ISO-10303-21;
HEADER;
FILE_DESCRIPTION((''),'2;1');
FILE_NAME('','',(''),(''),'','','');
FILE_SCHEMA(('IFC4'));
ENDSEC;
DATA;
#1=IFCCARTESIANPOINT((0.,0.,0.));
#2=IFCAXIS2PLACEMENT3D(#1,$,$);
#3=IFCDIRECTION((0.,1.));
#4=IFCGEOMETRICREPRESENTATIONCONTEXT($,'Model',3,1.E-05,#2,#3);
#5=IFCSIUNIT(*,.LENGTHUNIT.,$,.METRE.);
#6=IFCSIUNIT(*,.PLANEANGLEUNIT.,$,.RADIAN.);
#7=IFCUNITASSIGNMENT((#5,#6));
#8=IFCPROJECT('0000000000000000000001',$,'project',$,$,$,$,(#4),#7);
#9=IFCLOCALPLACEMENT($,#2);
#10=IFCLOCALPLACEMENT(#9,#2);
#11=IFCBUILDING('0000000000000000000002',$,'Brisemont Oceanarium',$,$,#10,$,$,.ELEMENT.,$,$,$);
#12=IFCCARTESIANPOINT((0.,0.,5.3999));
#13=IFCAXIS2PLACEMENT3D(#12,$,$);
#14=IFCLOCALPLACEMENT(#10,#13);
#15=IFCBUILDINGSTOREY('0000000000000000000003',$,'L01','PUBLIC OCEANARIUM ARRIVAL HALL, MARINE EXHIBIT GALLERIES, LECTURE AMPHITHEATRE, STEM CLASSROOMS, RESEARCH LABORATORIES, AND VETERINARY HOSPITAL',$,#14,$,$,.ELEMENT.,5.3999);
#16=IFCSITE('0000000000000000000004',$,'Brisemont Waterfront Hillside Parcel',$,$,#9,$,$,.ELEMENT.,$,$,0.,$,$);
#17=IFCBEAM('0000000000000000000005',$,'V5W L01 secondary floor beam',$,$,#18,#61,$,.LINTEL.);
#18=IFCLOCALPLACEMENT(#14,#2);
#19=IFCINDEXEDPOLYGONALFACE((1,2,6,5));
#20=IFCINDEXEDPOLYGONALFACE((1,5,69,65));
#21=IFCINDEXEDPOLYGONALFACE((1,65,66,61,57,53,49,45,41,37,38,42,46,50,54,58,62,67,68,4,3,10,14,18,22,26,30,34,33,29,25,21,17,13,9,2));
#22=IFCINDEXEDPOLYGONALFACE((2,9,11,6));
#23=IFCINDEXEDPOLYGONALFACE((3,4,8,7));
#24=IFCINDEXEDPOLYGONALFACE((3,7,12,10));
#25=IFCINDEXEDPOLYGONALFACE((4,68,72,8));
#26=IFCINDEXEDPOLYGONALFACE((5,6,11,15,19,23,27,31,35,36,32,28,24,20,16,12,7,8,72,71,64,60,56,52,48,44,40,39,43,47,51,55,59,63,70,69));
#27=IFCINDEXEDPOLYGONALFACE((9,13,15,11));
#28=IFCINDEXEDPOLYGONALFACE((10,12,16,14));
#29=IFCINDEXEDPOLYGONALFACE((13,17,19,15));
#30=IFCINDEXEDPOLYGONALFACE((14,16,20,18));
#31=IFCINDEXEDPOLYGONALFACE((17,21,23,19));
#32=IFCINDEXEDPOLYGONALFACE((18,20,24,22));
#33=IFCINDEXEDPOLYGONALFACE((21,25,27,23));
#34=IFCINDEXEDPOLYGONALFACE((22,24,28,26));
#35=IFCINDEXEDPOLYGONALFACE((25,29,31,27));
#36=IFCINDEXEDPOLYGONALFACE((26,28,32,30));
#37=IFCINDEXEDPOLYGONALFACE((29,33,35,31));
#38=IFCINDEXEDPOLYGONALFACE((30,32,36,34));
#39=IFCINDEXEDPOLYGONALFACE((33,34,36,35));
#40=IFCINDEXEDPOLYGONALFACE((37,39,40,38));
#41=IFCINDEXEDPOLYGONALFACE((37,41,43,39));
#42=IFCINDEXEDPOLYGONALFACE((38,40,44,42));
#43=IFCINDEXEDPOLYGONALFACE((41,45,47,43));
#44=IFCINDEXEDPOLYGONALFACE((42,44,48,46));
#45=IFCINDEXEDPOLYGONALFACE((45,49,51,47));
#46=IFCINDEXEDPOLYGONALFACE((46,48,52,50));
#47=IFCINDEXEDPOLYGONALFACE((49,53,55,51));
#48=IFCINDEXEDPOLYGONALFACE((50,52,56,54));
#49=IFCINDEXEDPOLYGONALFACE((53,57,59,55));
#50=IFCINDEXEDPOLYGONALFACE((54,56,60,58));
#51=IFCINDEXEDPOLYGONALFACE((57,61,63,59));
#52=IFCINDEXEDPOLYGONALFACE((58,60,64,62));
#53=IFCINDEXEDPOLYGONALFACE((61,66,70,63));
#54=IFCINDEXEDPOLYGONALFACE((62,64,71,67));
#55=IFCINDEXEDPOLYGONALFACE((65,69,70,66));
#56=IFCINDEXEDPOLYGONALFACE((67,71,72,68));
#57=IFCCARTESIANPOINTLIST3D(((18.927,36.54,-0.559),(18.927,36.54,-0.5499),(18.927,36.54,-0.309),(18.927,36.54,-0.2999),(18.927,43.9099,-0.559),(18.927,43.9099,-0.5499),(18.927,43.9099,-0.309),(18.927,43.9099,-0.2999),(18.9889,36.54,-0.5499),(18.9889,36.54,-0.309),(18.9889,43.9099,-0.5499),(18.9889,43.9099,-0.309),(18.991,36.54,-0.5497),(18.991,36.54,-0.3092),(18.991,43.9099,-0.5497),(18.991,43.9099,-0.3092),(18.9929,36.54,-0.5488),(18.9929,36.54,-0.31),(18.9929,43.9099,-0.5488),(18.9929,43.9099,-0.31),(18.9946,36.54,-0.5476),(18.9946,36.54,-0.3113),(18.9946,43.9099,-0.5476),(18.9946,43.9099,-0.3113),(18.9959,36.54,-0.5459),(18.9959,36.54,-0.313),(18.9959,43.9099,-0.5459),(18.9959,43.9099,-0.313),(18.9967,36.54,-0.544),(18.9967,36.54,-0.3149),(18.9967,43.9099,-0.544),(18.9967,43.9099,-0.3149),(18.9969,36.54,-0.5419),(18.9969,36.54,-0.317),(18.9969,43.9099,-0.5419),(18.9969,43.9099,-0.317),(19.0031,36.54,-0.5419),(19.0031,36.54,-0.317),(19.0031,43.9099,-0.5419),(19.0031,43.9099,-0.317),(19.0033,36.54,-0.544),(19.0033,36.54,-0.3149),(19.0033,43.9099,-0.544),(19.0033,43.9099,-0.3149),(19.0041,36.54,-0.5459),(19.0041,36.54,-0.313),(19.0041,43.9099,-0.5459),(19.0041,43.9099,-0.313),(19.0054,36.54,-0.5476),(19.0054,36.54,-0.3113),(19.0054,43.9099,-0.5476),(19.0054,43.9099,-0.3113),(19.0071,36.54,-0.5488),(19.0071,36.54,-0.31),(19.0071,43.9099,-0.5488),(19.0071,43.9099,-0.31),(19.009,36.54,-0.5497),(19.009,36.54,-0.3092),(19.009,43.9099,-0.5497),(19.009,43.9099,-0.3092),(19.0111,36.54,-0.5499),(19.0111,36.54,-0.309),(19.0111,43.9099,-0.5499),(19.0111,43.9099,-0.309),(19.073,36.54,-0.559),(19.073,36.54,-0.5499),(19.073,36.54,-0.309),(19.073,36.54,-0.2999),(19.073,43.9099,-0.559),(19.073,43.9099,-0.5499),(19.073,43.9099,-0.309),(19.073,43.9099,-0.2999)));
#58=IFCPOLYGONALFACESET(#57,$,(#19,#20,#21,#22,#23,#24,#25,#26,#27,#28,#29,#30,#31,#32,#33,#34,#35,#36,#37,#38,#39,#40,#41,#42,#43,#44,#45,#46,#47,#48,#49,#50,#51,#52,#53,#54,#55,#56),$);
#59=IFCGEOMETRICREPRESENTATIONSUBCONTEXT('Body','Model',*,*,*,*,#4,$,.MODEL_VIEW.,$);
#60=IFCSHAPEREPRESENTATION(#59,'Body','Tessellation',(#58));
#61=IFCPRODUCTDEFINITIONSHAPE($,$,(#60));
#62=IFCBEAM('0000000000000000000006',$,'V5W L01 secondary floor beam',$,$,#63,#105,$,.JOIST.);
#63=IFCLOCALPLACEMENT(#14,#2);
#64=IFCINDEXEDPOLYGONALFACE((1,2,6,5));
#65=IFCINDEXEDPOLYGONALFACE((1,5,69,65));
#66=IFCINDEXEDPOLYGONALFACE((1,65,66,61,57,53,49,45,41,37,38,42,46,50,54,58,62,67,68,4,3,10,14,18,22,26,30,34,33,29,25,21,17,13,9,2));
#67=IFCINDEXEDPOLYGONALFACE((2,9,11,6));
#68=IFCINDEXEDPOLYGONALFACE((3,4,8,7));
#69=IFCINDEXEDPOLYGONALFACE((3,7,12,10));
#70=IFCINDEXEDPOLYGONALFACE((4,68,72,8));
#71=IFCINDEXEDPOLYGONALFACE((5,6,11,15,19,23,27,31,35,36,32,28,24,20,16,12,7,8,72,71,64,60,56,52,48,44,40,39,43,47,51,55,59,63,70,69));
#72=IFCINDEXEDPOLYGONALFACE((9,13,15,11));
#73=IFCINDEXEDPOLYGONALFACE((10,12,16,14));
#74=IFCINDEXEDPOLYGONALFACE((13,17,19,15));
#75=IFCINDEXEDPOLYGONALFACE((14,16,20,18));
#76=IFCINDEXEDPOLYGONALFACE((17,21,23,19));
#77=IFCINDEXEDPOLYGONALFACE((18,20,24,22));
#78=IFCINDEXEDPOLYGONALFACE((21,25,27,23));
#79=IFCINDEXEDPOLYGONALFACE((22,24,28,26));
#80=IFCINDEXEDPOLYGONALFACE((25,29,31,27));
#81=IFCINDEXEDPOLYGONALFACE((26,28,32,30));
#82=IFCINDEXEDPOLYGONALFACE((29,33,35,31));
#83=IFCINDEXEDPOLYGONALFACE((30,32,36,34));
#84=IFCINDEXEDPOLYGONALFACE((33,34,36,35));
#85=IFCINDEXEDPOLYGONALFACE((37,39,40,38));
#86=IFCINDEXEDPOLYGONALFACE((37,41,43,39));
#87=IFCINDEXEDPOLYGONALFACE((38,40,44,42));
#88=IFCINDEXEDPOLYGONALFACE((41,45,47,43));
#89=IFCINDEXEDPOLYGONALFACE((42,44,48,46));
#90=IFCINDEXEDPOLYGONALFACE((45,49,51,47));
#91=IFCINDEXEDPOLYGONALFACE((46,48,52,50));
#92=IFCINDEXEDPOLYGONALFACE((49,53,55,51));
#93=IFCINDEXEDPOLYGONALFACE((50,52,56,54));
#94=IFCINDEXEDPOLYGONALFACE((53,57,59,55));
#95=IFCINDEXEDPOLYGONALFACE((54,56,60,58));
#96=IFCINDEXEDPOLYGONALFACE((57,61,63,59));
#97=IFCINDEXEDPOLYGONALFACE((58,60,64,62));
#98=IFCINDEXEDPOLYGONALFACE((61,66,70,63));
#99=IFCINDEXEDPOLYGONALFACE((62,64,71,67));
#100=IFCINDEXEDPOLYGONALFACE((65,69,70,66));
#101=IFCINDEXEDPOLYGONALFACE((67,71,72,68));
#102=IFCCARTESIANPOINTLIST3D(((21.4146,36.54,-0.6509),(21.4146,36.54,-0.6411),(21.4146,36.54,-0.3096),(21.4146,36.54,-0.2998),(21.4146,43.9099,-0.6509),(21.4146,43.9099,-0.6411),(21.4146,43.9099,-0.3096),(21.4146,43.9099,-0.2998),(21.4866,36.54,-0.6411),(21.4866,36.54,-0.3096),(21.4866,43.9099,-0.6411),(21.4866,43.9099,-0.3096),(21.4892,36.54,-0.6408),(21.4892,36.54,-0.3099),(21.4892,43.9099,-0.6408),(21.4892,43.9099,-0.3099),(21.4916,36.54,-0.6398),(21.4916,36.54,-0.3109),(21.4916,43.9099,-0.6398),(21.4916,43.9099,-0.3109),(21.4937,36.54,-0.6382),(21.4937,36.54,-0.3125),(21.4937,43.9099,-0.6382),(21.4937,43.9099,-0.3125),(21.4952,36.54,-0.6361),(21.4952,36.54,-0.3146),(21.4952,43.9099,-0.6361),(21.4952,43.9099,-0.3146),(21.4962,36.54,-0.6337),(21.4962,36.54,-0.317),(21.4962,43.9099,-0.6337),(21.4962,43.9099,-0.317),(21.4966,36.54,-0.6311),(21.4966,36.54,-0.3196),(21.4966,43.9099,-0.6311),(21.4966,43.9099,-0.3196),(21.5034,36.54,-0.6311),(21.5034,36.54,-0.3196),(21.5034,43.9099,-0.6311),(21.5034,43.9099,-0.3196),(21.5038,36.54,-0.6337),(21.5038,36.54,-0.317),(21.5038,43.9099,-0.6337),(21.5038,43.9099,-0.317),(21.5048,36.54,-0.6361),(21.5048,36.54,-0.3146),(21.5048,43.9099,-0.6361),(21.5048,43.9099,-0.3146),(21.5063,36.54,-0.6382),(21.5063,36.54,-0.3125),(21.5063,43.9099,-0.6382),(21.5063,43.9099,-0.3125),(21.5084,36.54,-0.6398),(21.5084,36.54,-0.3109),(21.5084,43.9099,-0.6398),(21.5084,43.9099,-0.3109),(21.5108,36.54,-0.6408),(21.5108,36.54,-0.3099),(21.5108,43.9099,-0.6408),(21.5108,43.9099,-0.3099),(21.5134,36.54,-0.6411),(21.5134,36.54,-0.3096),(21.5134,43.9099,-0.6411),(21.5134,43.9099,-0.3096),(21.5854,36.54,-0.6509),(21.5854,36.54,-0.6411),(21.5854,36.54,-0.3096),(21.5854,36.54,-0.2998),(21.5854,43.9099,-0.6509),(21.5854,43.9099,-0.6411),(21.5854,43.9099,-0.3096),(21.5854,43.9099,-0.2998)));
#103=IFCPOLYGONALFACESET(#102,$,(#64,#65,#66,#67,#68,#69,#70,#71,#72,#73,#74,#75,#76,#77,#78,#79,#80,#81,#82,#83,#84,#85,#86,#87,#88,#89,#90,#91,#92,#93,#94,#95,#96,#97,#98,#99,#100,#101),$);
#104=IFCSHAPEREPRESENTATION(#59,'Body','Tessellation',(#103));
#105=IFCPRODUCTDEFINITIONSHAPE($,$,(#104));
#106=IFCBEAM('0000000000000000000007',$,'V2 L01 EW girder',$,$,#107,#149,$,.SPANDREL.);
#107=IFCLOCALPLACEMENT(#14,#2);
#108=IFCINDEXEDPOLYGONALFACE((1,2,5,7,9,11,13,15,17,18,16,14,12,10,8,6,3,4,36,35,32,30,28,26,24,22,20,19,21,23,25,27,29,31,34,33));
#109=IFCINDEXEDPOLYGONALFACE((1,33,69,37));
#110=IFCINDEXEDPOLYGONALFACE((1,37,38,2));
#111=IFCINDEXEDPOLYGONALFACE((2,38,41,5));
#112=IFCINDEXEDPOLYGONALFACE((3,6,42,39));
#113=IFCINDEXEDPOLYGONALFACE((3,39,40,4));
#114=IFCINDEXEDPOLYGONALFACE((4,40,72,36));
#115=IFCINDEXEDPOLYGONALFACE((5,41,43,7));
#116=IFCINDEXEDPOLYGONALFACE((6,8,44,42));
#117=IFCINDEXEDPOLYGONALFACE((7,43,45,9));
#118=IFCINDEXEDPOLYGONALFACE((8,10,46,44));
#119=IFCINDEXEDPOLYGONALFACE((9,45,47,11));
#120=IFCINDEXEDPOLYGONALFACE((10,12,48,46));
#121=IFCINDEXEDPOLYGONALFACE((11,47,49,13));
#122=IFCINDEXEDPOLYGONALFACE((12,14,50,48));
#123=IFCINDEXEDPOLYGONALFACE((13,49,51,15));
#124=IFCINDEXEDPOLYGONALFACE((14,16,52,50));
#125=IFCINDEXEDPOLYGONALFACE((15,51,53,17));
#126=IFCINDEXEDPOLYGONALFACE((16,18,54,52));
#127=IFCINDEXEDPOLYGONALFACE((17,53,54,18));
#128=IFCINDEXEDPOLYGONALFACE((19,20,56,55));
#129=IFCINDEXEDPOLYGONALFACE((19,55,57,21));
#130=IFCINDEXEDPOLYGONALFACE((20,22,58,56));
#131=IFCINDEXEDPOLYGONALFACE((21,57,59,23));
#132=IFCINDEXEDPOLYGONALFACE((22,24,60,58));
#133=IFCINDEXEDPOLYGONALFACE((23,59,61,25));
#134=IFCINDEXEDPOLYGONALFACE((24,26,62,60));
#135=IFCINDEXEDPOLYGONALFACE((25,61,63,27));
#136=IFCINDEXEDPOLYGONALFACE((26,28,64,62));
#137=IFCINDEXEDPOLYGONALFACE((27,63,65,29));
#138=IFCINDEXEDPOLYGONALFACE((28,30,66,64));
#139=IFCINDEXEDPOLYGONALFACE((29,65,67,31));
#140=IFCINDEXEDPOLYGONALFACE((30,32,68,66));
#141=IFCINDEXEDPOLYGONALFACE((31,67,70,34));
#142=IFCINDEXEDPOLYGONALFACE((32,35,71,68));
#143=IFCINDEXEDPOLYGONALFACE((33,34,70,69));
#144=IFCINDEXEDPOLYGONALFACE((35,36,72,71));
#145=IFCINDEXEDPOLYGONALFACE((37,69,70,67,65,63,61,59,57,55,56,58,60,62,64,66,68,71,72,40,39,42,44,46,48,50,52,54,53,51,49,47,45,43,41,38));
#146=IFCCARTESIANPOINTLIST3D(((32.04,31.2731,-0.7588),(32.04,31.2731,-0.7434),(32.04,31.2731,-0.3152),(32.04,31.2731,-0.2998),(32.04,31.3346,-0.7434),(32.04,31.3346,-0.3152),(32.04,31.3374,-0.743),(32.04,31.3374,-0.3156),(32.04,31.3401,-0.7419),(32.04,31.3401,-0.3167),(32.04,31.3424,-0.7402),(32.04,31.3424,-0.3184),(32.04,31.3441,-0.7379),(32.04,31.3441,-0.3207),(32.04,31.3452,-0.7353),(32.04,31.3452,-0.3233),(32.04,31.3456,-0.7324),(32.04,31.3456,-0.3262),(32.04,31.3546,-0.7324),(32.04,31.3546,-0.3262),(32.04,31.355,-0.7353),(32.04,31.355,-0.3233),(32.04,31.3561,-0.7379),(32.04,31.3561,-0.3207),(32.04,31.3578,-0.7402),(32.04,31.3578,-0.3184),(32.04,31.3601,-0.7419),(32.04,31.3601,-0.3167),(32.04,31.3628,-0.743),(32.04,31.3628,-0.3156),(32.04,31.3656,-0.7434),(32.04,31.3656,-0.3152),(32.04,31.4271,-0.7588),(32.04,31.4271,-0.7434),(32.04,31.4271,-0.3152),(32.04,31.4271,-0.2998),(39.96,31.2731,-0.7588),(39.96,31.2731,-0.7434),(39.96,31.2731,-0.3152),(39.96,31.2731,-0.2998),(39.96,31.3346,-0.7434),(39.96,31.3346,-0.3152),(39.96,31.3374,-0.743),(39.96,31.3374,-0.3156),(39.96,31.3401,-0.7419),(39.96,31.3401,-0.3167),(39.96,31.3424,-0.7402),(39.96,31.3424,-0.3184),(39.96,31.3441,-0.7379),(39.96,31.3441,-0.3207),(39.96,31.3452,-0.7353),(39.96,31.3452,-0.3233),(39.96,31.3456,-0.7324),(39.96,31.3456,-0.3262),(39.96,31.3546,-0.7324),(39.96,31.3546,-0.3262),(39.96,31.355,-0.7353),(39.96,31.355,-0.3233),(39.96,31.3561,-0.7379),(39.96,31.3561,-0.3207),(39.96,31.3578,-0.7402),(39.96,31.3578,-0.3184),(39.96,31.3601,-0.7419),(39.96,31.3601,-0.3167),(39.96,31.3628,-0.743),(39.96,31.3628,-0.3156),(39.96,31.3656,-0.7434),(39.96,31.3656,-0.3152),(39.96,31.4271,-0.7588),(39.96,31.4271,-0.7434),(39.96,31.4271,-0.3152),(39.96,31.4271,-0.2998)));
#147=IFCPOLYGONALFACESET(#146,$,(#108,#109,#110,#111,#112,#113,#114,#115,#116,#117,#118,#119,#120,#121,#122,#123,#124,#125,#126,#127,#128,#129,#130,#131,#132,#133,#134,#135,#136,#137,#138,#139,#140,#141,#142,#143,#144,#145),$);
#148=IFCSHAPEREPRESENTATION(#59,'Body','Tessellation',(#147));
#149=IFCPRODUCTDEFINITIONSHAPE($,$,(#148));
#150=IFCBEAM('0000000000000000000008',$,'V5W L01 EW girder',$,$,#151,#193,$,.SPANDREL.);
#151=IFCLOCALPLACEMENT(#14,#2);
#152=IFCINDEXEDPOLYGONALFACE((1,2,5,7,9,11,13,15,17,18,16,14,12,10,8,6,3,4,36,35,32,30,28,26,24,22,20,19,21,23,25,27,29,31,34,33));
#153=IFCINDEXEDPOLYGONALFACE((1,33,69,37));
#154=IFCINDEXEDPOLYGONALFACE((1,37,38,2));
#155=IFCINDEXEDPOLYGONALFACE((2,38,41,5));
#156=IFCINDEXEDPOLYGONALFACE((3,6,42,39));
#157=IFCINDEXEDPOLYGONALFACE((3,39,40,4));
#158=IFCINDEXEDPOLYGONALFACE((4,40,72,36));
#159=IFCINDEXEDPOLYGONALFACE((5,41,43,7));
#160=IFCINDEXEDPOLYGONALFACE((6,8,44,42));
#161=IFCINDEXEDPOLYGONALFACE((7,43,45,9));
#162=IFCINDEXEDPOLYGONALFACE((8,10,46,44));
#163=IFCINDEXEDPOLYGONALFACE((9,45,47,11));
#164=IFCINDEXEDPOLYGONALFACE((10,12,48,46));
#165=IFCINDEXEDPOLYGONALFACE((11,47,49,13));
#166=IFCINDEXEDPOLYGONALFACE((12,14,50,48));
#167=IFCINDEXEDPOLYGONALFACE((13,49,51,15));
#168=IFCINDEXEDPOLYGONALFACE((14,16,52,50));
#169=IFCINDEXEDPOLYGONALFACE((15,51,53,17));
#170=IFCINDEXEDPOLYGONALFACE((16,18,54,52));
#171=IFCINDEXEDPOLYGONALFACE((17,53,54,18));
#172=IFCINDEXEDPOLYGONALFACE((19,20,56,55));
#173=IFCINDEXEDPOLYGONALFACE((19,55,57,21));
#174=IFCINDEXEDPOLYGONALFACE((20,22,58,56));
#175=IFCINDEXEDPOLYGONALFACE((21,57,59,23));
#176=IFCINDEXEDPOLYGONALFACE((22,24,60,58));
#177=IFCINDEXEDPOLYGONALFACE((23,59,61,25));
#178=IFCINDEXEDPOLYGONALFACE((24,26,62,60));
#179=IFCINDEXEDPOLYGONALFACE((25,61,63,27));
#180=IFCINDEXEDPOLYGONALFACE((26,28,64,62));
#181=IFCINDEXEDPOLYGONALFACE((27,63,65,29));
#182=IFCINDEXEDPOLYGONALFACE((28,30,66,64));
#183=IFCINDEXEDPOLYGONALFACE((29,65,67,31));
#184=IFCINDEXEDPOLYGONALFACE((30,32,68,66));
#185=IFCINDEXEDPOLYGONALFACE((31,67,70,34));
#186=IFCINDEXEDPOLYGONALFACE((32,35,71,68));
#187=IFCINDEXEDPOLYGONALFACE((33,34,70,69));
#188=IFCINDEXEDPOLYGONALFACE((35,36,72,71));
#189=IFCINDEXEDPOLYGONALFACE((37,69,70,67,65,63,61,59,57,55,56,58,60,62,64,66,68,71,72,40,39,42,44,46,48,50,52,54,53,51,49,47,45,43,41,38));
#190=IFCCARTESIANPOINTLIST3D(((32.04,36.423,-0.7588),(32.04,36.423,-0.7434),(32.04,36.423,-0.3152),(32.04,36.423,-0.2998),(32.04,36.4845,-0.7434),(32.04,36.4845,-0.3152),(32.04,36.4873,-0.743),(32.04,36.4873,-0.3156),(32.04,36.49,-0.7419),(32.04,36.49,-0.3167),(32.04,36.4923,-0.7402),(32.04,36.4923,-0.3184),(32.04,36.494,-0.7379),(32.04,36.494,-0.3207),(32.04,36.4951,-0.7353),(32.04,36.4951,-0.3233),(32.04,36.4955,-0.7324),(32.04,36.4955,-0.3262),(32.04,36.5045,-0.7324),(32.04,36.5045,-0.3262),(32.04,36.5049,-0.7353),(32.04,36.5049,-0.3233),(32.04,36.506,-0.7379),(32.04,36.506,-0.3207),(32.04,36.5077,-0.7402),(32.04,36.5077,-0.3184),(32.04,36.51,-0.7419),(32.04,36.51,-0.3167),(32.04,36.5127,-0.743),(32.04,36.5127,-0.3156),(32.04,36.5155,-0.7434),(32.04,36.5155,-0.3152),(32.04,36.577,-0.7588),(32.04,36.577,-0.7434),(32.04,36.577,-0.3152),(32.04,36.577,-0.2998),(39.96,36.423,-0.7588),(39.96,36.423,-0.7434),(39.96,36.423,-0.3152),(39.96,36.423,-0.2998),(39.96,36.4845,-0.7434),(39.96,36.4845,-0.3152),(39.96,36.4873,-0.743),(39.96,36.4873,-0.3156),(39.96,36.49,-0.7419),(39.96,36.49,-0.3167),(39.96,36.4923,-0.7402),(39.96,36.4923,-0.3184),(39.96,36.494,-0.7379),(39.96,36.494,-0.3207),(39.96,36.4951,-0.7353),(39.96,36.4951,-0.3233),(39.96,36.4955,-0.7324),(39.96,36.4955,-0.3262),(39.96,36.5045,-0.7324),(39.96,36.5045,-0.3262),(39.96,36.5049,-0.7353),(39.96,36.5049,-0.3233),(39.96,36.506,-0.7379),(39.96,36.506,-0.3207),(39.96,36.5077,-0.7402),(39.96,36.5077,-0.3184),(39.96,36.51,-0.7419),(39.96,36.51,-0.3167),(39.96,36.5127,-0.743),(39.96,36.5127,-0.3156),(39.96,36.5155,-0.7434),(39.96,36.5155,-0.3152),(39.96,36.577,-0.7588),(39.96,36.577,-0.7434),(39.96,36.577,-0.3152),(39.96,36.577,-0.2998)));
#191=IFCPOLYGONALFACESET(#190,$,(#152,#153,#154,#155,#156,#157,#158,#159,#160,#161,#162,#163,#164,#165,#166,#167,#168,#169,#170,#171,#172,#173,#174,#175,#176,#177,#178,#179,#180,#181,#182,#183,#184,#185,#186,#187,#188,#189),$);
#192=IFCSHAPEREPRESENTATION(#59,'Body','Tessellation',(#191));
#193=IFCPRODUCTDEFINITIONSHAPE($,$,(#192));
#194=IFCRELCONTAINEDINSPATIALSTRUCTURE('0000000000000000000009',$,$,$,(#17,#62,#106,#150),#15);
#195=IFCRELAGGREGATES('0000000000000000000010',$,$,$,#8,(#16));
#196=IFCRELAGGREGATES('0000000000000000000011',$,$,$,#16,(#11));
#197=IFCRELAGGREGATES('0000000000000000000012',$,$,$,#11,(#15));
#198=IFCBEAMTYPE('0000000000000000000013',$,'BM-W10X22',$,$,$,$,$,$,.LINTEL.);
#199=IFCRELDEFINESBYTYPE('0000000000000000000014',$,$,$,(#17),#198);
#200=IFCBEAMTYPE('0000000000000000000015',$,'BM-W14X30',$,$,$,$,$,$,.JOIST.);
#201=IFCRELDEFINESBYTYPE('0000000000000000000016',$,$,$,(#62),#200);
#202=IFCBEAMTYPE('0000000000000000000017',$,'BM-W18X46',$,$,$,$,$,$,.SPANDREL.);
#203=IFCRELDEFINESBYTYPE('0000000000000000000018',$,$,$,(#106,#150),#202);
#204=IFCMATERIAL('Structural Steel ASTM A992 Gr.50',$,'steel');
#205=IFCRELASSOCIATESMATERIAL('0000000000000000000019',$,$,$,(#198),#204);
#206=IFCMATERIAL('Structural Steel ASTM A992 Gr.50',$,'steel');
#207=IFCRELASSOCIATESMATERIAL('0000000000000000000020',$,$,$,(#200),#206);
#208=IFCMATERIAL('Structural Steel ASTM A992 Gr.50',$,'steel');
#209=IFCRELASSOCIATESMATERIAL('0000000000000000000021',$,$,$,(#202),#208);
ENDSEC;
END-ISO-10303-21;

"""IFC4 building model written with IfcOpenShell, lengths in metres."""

from ifc_helpers import new_model, si_unit, direction, frame, origin, origin_2d, place, context, subcontext, project, spatial, i_section, extrude, material, material_profile, profile_set, type_object, element, save


model = new_model("IFC4")

# Units and contexts
model_context = context("Model", 3, precision=1e-05, world=origin(), true_north=direction((0.0, 1.0)))
body_context = subcontext(model_context, "Body", "Model", "MODEL_VIEW")
ifc_project = project(units=[si_unit("LENGTHUNIT", "METRE"), si_unit("PLANEANGLEUNIT", "RADIAN")], contexts=[model_context])

# Site, building, storey
site_placement = place(None, origin())
site = spatial("IfcSite", under=ifc_project, at=site_placement, Name="Brisemont Waterfront Hillside Parcel", CompositionType="ELEMENT", RefElevation=0.0)
building_placement = place(site_placement, origin())
building = spatial("IfcBuilding", under=site, at=building_placement, Name="Brisemont Oceanarium", CompositionType="ELEMENT")
storey_placement = place(building_placement, frame((0.0, 0.0, 5.3999)))
storey = spatial("IfcBuildingStorey", under=building, at=storey_placement, Name="L01", Description="PUBLIC OCEANARIUM ARRIVAL HALL, MARINE EXHIBIT GALLERIES, LECTURE AMPHITHEATRE, STEM CLASSROOMS, RESEARCH LABORATORIES, AND VETERINARY HOSPITAL", CompositionType="ELEMENT", Elevation=5.3999)

# Beams
ifc_material_1 = material(Name="Structural Steel ASTM A992 Gr.50", Category="steel")
ifc_material_profile_1 = material_profile(ifc_material_1, i_section(OverallWidth=0.146, OverallDepth=0.259, WebThickness=0.0061, FlangeThickness=0.009, FilletRadius=0.0081, at=origin_2d()), Name="W10X22")
ifc_profile_set_1 = profile_set([ifc_material_profile_1], Name="Structural Steel ASTM A992 Gr.50")
beam_type_1 = type_object("IfcBeamType", Name="BM-W10X22", PredefinedType="LINTEL", material=ifc_profile_set_1)
beam_1_placement = place(storey_placement, frame((19.0, 36.54, -0.4294), z_axis=(0.0, 1.0, 0.0), x_axis=(-1.0, 0.0, 0.0)))
element("IfcBeam", 1, at=beam_1_placement, inside=storey, type_object=beam_type_1, Name="V5W L01 secondary floor beam", PredefinedType="LINTEL", context=body_context, shape_type="SweptSolid", body=[
    extrude(i_section(OverallWidth=0.146, OverallDepth=0.259, WebThickness=0.0061, FlangeThickness=0.009, FilletRadius=0.0081, at=origin_2d()), origin(), (0.0, 0.0, 1.0), 7.3699),
])
ifc_material_2 = material(Name="Structural Steel ASTM A992 Gr.50", Category="steel")
ifc_material_profile_2 = material_profile(ifc_material_2, i_section(OverallWidth=0.1709, OverallDepth=0.3511, WebThickness=0.0068, FlangeThickness=0.0098, FilletRadius=0.01, at=origin_2d()), Name="W14X30")
ifc_profile_set_2 = profile_set([ifc_material_profile_2], Name="Structural Steel ASTM A992 Gr.50")
beam_type_2 = type_object("IfcBeamType", Name="BM-W14X30", PredefinedType="JOIST", material=ifc_profile_set_2)
beam_2_placement = place(storey_placement, frame((21.5, 36.54, -0.4753), z_axis=(0.0, 1.0, 0.0), x_axis=(-1.0, 0.0, 0.0)))
element("IfcBeam", 2, at=beam_2_placement, inside=storey, type_object=beam_type_2, Name="V5W L01 secondary floor beam", PredefinedType="JOIST", context=body_context, shape_type="SweptSolid", body=[
    extrude(i_section(OverallWidth=0.1709, OverallDepth=0.3511, WebThickness=0.0068, FlangeThickness=0.0098, FilletRadius=0.01, at=origin_2d()), origin(), (0.0, 0.0, 1.0), 7.3699),
])
ifc_material_3 = material(Name="Structural Steel ASTM A992 Gr.50", Category="steel")
ifc_material_profile_3 = material_profile(ifc_material_3, i_section(OverallWidth=0.1541, OverallDepth=0.459, WebThickness=0.009, FlangeThickness=0.0154, FilletRadius=0.011, at=origin_2d()), Name="W18X46")
ifc_profile_set_3 = profile_set([ifc_material_profile_3], Name="Structural Steel ASTM A992 Gr.50")
beam_type_3 = type_object("IfcBeamType", Name="BM-W18X46", PredefinedType="SPANDREL", material=ifc_profile_set_3)
for number, where, z_axis, x_axis, name in (
    (3, (32.04, 31.3501, -0.5293), (1.0, 0.0, 0.0), (0.0, 1.0, 0.0), "V2 L01 EW girder"),
    (4, (32.04, 36.5, -0.5293), (1.0, 0.0, 0.0), (0.0, 1.0, 0.0), "V5W L01 EW girder"),
):
    element("IfcBeam", number, at=place(storey_placement, frame(where, z_axis=z_axis, x_axis=x_axis)), inside=storey, type_object=beam_type_3, Name=name, PredefinedType="SPANDREL", context=body_context, shape_type="SweptSolid", body=[
        extrude(i_section(OverallWidth=0.1541, OverallDepth=0.459, WebThickness=0.009, FlangeThickness=0.0154, FilletRadius=0.011, at=origin_2d()), origin(), (0.0, 0.0, 1.0), 7.9199),
    ])

save(model, "model.ifc")
